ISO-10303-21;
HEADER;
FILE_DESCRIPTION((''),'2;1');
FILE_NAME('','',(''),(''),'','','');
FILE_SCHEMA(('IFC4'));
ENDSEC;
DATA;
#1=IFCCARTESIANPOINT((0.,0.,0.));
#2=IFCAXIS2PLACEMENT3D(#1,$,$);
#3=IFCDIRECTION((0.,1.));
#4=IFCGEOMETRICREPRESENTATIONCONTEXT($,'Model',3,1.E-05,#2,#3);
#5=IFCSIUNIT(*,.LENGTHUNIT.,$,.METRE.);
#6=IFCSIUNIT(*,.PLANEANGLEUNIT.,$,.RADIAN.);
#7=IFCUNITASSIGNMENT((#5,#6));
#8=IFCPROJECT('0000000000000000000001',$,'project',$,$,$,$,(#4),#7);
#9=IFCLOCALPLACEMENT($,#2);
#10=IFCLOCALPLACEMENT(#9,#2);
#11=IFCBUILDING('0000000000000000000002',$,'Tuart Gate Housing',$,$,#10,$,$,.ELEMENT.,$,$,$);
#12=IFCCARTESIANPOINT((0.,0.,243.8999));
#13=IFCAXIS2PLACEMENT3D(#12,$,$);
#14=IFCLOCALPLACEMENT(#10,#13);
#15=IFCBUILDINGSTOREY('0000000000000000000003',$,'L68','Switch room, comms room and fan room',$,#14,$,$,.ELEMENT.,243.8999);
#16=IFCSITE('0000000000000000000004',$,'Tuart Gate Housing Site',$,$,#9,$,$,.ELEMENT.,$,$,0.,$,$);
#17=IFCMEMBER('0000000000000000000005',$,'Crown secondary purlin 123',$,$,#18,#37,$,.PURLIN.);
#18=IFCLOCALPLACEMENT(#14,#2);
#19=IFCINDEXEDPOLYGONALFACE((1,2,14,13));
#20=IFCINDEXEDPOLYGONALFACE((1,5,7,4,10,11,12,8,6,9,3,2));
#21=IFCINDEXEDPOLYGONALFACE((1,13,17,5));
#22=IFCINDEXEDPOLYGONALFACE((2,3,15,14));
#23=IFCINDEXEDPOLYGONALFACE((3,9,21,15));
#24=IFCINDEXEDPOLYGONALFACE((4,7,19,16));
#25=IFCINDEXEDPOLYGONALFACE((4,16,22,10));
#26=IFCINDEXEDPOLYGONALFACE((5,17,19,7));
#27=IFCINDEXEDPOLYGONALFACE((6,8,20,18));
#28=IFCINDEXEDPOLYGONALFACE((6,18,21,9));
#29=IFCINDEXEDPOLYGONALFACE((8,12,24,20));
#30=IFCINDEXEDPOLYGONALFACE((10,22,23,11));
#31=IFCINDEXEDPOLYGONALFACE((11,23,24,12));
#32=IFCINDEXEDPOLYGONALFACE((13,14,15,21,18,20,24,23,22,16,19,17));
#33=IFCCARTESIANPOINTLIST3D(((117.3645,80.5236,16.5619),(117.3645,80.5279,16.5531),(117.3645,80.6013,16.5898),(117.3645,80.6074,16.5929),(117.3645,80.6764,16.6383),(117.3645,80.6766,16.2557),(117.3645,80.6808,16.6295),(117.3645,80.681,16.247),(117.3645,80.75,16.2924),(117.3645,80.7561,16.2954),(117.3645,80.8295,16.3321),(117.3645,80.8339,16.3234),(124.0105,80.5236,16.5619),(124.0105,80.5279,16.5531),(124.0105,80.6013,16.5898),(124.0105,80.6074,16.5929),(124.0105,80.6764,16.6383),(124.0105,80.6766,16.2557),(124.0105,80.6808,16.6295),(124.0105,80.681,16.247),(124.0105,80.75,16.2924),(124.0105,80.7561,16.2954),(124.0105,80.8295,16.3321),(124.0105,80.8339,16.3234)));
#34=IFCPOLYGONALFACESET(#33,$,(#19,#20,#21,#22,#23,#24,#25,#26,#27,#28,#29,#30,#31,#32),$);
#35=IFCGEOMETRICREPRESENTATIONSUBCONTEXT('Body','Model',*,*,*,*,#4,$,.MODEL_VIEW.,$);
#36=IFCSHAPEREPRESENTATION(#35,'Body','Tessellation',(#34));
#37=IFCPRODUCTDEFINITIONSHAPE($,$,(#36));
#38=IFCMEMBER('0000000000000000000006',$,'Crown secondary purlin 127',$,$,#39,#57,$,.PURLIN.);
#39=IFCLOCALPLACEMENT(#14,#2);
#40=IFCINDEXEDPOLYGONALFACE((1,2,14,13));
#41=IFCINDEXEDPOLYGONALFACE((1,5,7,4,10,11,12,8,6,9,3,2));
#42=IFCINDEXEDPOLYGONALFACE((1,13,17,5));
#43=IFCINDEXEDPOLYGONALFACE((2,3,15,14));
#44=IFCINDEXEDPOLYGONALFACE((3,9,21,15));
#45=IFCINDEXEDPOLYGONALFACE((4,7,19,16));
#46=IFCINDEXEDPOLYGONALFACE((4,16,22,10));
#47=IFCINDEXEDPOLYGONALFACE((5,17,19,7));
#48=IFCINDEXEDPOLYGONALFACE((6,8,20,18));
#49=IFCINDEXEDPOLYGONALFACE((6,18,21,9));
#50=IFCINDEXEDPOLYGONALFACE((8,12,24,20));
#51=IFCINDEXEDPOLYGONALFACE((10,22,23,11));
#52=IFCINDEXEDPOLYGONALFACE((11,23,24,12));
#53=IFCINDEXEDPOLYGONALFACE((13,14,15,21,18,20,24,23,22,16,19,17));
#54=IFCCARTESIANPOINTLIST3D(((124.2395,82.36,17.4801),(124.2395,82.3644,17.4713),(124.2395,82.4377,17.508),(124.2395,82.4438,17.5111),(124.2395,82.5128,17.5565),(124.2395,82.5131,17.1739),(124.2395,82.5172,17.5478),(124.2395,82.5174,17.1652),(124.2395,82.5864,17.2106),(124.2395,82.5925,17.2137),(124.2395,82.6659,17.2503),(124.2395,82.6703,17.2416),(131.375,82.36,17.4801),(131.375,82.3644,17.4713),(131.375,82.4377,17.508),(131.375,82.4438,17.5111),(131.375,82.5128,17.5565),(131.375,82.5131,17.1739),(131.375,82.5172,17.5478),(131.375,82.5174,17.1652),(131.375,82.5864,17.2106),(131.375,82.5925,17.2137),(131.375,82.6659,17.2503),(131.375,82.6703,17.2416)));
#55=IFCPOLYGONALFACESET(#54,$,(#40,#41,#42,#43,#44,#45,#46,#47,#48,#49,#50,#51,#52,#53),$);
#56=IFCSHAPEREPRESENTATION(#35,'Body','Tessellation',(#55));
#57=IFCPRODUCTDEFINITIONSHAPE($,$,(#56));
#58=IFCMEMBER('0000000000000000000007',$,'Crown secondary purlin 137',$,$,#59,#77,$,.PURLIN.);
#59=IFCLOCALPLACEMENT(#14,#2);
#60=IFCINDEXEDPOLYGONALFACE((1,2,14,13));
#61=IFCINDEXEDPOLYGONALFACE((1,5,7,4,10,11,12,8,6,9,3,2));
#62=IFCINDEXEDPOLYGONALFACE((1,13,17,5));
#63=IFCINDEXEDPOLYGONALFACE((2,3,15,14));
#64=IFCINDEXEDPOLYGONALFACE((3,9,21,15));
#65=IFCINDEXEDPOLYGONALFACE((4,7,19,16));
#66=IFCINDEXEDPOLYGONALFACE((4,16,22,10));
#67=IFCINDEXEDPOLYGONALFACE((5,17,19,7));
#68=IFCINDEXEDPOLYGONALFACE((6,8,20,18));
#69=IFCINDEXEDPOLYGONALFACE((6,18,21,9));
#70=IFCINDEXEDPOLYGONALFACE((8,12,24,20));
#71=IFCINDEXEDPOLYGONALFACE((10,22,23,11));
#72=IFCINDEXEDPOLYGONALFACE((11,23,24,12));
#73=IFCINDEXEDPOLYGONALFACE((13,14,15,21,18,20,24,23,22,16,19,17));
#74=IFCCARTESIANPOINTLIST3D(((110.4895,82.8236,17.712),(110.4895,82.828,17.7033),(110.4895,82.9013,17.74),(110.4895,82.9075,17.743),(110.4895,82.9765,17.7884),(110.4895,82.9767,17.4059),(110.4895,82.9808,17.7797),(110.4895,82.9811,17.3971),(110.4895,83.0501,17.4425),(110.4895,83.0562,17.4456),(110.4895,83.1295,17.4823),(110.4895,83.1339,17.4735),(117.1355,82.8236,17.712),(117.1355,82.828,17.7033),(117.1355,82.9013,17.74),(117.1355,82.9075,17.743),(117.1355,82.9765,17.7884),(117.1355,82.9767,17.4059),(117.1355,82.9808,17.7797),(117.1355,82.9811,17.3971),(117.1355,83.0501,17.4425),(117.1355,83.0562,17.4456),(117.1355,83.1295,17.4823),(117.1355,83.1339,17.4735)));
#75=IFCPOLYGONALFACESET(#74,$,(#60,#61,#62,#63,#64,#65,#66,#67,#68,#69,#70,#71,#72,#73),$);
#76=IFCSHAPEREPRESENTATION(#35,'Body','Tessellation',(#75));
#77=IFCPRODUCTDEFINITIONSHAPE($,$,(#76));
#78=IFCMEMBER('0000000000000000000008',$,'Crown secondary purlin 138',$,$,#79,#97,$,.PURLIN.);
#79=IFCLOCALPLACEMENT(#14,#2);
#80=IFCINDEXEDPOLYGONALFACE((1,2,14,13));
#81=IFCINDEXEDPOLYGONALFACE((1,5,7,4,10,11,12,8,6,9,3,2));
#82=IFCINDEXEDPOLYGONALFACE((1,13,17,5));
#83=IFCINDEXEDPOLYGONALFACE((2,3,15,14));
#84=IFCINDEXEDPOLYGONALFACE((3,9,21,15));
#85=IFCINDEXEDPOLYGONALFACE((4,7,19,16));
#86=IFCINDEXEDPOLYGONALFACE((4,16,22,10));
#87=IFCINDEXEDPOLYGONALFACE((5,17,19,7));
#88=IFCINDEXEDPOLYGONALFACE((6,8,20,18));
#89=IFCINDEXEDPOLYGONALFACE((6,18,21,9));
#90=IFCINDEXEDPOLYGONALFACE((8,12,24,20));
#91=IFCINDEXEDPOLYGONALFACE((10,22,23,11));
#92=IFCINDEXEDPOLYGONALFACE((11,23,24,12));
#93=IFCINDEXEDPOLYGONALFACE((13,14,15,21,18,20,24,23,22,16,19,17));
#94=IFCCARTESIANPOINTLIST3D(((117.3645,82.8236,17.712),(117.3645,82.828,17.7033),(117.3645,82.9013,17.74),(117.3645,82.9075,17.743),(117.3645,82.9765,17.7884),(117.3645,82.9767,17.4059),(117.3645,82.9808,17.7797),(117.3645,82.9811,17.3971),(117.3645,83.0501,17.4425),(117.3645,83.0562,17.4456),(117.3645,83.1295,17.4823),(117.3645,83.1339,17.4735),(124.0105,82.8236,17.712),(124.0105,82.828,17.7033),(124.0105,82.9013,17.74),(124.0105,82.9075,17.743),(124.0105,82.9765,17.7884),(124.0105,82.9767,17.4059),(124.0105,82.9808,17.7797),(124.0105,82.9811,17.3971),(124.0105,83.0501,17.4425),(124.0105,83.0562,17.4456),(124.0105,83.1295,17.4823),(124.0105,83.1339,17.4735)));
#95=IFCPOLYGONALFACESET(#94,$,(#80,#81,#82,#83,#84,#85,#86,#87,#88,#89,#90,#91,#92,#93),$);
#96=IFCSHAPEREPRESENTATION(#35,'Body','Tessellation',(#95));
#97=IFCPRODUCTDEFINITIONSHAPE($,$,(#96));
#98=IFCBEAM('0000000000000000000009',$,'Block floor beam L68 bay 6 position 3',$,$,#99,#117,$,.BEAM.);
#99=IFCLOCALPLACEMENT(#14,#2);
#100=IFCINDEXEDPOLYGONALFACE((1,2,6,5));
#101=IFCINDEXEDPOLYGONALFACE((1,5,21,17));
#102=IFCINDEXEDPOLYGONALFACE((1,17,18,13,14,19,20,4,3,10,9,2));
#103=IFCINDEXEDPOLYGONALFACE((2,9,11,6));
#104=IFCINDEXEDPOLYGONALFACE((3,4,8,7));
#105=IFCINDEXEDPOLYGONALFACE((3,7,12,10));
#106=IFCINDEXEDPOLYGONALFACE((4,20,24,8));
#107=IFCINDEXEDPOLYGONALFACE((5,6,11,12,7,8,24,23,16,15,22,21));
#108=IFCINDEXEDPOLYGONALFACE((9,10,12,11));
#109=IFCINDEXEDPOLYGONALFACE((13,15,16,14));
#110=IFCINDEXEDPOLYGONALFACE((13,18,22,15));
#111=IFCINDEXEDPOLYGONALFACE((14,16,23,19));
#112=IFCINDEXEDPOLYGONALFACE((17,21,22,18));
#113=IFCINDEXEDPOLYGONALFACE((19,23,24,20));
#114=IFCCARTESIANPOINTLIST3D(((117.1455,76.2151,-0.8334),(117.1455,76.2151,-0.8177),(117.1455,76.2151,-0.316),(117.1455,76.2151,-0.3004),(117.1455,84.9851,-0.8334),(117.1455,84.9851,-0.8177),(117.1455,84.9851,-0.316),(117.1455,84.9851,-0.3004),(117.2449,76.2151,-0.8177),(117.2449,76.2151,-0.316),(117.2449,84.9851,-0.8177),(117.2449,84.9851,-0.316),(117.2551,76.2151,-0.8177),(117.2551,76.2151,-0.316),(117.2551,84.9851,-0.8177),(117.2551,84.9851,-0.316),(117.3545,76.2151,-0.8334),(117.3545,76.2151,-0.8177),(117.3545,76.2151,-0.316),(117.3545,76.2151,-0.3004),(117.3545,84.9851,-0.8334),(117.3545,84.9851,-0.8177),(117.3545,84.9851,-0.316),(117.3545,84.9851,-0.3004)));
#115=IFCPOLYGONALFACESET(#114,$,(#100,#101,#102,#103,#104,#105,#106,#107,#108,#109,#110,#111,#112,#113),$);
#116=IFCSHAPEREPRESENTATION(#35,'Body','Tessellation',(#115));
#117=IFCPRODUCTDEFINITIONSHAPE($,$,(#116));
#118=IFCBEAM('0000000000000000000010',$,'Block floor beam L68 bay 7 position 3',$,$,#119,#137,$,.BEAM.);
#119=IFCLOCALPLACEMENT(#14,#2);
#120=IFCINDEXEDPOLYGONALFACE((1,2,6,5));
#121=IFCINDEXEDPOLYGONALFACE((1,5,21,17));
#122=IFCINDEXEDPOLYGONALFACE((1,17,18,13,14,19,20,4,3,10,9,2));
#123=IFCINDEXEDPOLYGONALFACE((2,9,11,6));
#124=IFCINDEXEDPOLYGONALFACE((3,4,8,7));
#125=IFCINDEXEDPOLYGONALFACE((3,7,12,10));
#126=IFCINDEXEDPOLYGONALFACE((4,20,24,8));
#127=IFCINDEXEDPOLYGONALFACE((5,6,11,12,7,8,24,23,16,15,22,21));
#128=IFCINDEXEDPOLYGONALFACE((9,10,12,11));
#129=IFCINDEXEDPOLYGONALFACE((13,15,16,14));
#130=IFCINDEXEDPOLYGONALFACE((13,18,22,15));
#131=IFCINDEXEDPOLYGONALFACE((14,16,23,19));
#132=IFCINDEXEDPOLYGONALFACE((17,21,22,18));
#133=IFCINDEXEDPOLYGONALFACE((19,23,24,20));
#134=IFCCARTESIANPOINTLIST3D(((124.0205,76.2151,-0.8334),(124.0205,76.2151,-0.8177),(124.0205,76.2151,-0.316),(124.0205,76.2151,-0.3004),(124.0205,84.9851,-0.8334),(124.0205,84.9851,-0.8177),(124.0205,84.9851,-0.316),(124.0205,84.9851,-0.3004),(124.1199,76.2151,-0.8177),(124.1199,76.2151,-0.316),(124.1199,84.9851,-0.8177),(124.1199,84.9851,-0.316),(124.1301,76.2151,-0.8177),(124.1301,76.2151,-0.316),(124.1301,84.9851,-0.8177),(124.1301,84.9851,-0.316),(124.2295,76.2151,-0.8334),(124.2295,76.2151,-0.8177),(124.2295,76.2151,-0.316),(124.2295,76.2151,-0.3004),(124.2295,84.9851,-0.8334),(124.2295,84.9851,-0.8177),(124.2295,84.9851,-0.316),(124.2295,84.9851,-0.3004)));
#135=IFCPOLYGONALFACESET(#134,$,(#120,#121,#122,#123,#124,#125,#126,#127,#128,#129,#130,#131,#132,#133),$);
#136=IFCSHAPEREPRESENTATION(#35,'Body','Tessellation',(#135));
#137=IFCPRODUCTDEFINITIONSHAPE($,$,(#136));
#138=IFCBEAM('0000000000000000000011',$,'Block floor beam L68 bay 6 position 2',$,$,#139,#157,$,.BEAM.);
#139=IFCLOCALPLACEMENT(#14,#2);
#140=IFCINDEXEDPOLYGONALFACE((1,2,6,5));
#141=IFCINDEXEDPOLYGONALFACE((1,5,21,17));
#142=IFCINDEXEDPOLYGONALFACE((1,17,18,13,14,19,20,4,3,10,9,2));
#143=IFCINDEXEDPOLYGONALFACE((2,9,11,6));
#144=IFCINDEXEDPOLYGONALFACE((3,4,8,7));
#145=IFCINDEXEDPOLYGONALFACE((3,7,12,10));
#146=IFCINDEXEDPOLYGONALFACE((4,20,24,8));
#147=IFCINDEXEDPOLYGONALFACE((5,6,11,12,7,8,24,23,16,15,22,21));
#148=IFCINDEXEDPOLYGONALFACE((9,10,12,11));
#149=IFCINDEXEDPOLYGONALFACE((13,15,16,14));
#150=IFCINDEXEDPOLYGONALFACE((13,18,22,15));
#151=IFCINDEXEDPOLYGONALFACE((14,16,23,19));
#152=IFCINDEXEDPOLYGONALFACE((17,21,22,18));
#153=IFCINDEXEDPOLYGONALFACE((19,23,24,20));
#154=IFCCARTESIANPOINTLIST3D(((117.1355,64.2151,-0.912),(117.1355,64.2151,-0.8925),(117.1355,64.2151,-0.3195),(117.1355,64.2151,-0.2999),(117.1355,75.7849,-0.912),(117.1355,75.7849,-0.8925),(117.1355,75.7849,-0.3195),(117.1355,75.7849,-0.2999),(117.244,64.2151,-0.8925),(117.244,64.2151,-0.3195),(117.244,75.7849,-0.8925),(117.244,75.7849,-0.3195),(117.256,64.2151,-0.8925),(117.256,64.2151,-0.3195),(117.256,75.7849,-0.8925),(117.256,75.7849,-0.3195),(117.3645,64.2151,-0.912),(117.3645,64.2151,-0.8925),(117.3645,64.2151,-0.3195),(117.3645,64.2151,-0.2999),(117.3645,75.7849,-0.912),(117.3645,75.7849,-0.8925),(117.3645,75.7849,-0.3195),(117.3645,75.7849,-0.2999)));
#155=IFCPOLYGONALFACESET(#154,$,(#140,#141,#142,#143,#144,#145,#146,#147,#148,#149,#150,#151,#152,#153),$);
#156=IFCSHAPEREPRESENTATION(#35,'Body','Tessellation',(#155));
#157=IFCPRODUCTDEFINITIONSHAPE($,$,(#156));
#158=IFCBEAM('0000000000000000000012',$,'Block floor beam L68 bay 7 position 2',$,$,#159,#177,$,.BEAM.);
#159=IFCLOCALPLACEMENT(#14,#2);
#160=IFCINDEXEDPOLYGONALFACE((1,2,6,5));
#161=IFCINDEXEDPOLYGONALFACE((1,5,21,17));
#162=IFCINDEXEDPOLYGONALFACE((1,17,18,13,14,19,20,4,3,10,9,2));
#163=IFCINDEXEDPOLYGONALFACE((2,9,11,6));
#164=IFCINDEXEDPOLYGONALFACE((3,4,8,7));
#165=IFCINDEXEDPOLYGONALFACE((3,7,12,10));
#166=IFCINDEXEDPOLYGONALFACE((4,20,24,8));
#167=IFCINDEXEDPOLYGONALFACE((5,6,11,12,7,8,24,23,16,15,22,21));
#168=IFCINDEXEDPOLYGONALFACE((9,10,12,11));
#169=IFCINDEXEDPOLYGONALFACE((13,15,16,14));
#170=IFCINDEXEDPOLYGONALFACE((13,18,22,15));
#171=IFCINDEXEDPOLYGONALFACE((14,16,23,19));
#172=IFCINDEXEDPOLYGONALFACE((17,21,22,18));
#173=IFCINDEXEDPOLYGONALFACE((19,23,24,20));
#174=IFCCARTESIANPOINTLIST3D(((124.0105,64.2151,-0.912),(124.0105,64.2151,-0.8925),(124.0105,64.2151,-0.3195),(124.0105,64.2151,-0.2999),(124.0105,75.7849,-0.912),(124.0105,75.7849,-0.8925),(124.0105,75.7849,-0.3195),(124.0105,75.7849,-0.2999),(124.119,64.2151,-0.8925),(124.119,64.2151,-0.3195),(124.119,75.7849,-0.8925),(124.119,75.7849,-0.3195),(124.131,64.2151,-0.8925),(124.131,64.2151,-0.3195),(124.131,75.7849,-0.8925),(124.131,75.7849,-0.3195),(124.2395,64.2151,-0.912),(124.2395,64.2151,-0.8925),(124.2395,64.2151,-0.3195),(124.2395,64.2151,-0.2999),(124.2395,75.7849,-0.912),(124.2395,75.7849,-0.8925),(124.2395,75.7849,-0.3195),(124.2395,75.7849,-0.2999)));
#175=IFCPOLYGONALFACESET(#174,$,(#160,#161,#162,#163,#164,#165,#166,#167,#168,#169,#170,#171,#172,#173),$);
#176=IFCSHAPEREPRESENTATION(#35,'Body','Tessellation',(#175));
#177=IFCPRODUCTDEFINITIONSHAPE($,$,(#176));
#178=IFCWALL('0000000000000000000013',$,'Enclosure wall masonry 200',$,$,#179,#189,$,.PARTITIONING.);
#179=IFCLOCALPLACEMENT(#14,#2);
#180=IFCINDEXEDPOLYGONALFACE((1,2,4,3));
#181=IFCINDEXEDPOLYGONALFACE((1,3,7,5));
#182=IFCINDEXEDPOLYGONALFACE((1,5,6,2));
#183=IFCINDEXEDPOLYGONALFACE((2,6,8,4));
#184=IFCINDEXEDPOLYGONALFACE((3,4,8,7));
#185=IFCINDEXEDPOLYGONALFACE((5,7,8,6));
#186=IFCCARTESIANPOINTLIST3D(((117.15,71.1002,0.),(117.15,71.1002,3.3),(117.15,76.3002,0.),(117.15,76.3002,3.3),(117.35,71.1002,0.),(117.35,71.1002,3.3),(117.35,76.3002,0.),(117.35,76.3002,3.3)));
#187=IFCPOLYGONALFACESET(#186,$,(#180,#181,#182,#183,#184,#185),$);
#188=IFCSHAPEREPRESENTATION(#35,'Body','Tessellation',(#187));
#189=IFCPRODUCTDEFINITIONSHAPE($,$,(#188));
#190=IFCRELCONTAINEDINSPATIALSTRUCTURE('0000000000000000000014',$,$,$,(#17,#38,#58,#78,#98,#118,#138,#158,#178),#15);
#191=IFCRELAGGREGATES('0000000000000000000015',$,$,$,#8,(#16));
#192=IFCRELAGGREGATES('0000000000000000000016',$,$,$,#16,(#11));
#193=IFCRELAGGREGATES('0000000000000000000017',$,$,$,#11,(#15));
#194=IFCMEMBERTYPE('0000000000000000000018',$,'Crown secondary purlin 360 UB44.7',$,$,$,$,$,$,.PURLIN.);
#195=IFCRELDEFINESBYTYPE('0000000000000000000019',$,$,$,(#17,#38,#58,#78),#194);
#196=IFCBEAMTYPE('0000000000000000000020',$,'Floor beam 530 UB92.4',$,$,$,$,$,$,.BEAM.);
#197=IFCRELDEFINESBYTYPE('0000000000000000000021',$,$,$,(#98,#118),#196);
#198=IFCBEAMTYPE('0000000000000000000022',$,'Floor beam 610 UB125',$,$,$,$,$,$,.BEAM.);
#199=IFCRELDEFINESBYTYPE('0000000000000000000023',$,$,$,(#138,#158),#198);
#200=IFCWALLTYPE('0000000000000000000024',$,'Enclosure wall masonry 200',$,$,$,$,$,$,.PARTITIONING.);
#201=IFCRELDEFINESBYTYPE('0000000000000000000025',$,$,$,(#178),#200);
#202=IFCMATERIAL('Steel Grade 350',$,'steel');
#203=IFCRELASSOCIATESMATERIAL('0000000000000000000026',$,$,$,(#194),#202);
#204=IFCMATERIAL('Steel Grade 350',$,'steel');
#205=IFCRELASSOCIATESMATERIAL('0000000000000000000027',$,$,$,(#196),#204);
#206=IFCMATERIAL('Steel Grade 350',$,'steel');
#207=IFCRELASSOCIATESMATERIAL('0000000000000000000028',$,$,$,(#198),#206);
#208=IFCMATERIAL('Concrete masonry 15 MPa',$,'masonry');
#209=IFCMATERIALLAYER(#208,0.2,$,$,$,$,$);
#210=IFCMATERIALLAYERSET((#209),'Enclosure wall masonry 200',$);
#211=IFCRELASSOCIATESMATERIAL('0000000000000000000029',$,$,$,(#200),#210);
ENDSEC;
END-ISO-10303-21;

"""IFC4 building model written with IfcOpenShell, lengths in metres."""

from ifc_helpers import new_model, si_unit, direction, frame, frame_2d, origin, origin_2d, place, context, subcontext, project, spatial, rectangle, i_section, extrude, material, layer, layer_set, material_profile, profile_set, type_object, element, save


model = new_model("IFC4")

# Units and contexts
model_context = context("Model", 3, precision=1e-05, world=origin(), true_north=direction((0.0, 1.0)))
body_context = subcontext(model_context, "Body", "Model", "MODEL_VIEW")
ifc_project = project(units=[si_unit("LENGTHUNIT", "METRE"), si_unit("PLANEANGLEUNIT", "RADIAN")], contexts=[model_context])

# Site, building, storey
site_placement = place(None, origin())
site = spatial("IfcSite", under=ifc_project, at=site_placement, Name="Tuart Gate Housing Site", CompositionType="ELEMENT", RefElevation=0.0)
building_placement = place(site_placement, origin())
building = spatial("IfcBuilding", under=site, at=building_placement, Name="Tuart Gate Housing", CompositionType="ELEMENT")
storey_placement = place(building_placement, frame((0.0, 0.0, 243.8999)))
storey = spatial("IfcBuildingStorey", under=building, at=storey_placement, Name="L68", Description="Switch room, comms room and fan room", CompositionType="ELEMENT", Elevation=243.8999)

# Members
ifc_material_1 = material(Name="Steel Grade 350", Category="steel")
ifc_material_profile_1 = material_profile(ifc_material_1, i_section(OverallWidth=0.1709, OverallDepth=0.3521, WebThickness=0.0068, FlangeThickness=0.0098, at=origin_2d()), Name="360UB44.7")
ifc_profile_set_1 = profile_set([ifc_material_profile_1], Name="Steel Grade 350")
member_type_1 = type_object("IfcMemberType", Name="Crown secondary purlin 360 UB44.7", PredefinedType="PURLIN", material=ifc_profile_set_1)
for number, where, z_axis, x_axis, name in (
    (1, (117.3645, 80.6787, 16.4426), (1.0, 0.0, 0.0), (0.0, 0.894427, 0.447214), "Crown secondary purlin 123"),
):
    element("IfcMember", number, at=place(storey_placement, frame(where, z_axis=z_axis, x_axis=x_axis)), inside=storey, type_object=member_type_1, Name=name, PredefinedType="PURLIN", context=body_context, shape_type="SweptSolid", body=[
        extrude(i_section(OverallWidth=0.1709, OverallDepth=0.3521, WebThickness=0.0068, FlangeThickness=0.0098, at=origin_2d()), origin(), (0.0, 0.0, 1.0), 6.646),
    ])
member_1_placement = place(storey_placement, frame((124.2395, 82.5151, 17.3608), z_axis=(1.0, 0.0, 0.0), x_axis=(0.0, 0.894427, 0.447214)))
element("IfcMember", 2, at=member_1_placement, inside=storey, type_object=member_type_1, Name="Crown secondary purlin 127", PredefinedType="PURLIN", context=body_context, shape_type="SweptSolid", body=[
    extrude(i_section(OverallWidth=0.1709, OverallDepth=0.3521, WebThickness=0.0068, FlangeThickness=0.0098, at=origin_2d()), origin(), (0.0, 0.0, 1.0), 7.1355),
])
for number, where, z_axis, x_axis, name in (
    (3, (110.4895, 82.9788, 17.5928), (1.0, 0.0, 0.0), (0.0, 0.894427, 0.447214), "Crown secondary purlin 137"),
    (4, (117.3645, 82.9788, 17.5928), (1.0, 0.0, 0.0), (0.0, 0.894427, 0.447214), "Crown secondary purlin 138"),
):
    element("IfcMember", number, at=place(storey_placement, frame(where, z_axis=z_axis, x_axis=x_axis)), inside=storey, type_object=member_type_1, Name=name, PredefinedType="PURLIN", context=body_context, shape_type="SweptSolid", body=[
        extrude(i_section(OverallWidth=0.1709, OverallDepth=0.3521, WebThickness=0.0068, FlangeThickness=0.0098, at=origin_2d()), origin(), (0.0, 0.0, 1.0), 6.646),
    ])

# Beams
ifc_material_2 = material(Name="Steel Grade 350", Category="steel")
ifc_material_profile_2 = material_profile(ifc_material_2, i_section(OverallWidth=0.209, OverallDepth=0.533, WebThickness=0.0103, FlangeThickness=0.0156, at=origin_2d()), Name="530UB92.4")
ifc_profile_set_2 = profile_set([ifc_material_profile_2], Name="Steel Grade 350")
beam_type_1 = type_object("IfcBeamType", Name="Floor beam 530 UB92.4", PredefinedType="BEAM", material=ifc_profile_set_2)
for number, where, z_axis, x_axis, name in (
    (5, (117.25, 76.2151, -0.5669), (0.0, 1.0, 0.0), (-1.0, 0.0, 0.0), "Block floor beam L68 bay 6 position 3"),
    (6, (124.125, 76.2151, -0.5669), (0.0, 1.0, 0.0), (-1.0, 0.0, 0.0), "Block floor beam L68 bay 7 position 3"),
):
    element("IfcBeam", number, at=place(storey_placement, frame(where, z_axis=z_axis, x_axis=x_axis)), inside=storey, type_object=beam_type_1, Name=name, PredefinedType="BEAM", context=body_context, shape_type="SweptSolid", body=[
        extrude(i_section(OverallWidth=0.209, OverallDepth=0.533, WebThickness=0.0103, FlangeThickness=0.0156, at=origin_2d()), origin(), (0.0, 0.0, 1.0), 8.77),
    ])
ifc_material_3 = material(Name="Steel Grade 350", Category="steel")
ifc_material_profile_3 = material_profile(ifc_material_3, i_section(OverallWidth=0.229, OverallDepth=0.6121, WebThickness=0.012, FlangeThickness=0.0195, at=origin_2d()), Name="610UB125")
ifc_profile_set_3 = profile_set([ifc_material_profile_3], Name="Steel Grade 350")
beam_type_2 = type_object("IfcBeamType", Name="Floor beam 610 UB125", PredefinedType="BEAM", material=ifc_profile_set_3)
for number, where, z_axis, x_axis, name in (
    (7, (117.25, 64.2151, -0.606), (0.0, 1.0, 0.0), (-1.0, 0.0, 0.0), "Block floor beam L68 bay 6 position 2"),
    (8, (124.125, 64.2151, -0.606), (0.0, 1.0, 0.0), (-1.0, 0.0, 0.0), "Block floor beam L68 bay 7 position 2"),
):
    element("IfcBeam", number, at=place(storey_placement, frame(where, z_axis=z_axis, x_axis=x_axis)), inside=storey, type_object=beam_type_2, Name=name, PredefinedType="BEAM", context=body_context, shape_type="SweptSolid", body=[
        extrude(i_section(OverallWidth=0.229, OverallDepth=0.6121, WebThickness=0.012, FlangeThickness=0.0195, at=origin_2d()), origin(), (0.0, 0.0, 1.0), 11.5698),
    ])

# Wall
ifc_material_4 = material(Name="Concrete masonry 15 MPa", Category="masonry")
ifc_layer = layer(ifc_material_4, 0.2)
ifc_layer_set = layer_set([ifc_layer], Name="Enclosure wall masonry 200")
wall_type = type_object("IfcWallType", Name="Enclosure wall masonry 200", PredefinedType="PARTITIONING", material=ifc_layer_set)
wall_1_placement = place(storey_placement, frame((117.25, 71.1001, 0.0), z_axis=(0.0, 0.0, 1.0), x_axis=(0.0, 1.0, 0.0)))
element("IfcWall", 9, at=wall_1_placement, inside=storey, type_object=wall_type, Name="Enclosure wall masonry 200", PredefinedType="PARTITIONING", context=body_context, shape_type="SweptSolid", body=[
    extrude(rectangle(XDim=5.2, YDim=0.2, at=frame_2d((2.6001, 0.0))), origin(), (0.0, 0.0, 1.0), 3.3),
])

save(model, "model.ifc")
